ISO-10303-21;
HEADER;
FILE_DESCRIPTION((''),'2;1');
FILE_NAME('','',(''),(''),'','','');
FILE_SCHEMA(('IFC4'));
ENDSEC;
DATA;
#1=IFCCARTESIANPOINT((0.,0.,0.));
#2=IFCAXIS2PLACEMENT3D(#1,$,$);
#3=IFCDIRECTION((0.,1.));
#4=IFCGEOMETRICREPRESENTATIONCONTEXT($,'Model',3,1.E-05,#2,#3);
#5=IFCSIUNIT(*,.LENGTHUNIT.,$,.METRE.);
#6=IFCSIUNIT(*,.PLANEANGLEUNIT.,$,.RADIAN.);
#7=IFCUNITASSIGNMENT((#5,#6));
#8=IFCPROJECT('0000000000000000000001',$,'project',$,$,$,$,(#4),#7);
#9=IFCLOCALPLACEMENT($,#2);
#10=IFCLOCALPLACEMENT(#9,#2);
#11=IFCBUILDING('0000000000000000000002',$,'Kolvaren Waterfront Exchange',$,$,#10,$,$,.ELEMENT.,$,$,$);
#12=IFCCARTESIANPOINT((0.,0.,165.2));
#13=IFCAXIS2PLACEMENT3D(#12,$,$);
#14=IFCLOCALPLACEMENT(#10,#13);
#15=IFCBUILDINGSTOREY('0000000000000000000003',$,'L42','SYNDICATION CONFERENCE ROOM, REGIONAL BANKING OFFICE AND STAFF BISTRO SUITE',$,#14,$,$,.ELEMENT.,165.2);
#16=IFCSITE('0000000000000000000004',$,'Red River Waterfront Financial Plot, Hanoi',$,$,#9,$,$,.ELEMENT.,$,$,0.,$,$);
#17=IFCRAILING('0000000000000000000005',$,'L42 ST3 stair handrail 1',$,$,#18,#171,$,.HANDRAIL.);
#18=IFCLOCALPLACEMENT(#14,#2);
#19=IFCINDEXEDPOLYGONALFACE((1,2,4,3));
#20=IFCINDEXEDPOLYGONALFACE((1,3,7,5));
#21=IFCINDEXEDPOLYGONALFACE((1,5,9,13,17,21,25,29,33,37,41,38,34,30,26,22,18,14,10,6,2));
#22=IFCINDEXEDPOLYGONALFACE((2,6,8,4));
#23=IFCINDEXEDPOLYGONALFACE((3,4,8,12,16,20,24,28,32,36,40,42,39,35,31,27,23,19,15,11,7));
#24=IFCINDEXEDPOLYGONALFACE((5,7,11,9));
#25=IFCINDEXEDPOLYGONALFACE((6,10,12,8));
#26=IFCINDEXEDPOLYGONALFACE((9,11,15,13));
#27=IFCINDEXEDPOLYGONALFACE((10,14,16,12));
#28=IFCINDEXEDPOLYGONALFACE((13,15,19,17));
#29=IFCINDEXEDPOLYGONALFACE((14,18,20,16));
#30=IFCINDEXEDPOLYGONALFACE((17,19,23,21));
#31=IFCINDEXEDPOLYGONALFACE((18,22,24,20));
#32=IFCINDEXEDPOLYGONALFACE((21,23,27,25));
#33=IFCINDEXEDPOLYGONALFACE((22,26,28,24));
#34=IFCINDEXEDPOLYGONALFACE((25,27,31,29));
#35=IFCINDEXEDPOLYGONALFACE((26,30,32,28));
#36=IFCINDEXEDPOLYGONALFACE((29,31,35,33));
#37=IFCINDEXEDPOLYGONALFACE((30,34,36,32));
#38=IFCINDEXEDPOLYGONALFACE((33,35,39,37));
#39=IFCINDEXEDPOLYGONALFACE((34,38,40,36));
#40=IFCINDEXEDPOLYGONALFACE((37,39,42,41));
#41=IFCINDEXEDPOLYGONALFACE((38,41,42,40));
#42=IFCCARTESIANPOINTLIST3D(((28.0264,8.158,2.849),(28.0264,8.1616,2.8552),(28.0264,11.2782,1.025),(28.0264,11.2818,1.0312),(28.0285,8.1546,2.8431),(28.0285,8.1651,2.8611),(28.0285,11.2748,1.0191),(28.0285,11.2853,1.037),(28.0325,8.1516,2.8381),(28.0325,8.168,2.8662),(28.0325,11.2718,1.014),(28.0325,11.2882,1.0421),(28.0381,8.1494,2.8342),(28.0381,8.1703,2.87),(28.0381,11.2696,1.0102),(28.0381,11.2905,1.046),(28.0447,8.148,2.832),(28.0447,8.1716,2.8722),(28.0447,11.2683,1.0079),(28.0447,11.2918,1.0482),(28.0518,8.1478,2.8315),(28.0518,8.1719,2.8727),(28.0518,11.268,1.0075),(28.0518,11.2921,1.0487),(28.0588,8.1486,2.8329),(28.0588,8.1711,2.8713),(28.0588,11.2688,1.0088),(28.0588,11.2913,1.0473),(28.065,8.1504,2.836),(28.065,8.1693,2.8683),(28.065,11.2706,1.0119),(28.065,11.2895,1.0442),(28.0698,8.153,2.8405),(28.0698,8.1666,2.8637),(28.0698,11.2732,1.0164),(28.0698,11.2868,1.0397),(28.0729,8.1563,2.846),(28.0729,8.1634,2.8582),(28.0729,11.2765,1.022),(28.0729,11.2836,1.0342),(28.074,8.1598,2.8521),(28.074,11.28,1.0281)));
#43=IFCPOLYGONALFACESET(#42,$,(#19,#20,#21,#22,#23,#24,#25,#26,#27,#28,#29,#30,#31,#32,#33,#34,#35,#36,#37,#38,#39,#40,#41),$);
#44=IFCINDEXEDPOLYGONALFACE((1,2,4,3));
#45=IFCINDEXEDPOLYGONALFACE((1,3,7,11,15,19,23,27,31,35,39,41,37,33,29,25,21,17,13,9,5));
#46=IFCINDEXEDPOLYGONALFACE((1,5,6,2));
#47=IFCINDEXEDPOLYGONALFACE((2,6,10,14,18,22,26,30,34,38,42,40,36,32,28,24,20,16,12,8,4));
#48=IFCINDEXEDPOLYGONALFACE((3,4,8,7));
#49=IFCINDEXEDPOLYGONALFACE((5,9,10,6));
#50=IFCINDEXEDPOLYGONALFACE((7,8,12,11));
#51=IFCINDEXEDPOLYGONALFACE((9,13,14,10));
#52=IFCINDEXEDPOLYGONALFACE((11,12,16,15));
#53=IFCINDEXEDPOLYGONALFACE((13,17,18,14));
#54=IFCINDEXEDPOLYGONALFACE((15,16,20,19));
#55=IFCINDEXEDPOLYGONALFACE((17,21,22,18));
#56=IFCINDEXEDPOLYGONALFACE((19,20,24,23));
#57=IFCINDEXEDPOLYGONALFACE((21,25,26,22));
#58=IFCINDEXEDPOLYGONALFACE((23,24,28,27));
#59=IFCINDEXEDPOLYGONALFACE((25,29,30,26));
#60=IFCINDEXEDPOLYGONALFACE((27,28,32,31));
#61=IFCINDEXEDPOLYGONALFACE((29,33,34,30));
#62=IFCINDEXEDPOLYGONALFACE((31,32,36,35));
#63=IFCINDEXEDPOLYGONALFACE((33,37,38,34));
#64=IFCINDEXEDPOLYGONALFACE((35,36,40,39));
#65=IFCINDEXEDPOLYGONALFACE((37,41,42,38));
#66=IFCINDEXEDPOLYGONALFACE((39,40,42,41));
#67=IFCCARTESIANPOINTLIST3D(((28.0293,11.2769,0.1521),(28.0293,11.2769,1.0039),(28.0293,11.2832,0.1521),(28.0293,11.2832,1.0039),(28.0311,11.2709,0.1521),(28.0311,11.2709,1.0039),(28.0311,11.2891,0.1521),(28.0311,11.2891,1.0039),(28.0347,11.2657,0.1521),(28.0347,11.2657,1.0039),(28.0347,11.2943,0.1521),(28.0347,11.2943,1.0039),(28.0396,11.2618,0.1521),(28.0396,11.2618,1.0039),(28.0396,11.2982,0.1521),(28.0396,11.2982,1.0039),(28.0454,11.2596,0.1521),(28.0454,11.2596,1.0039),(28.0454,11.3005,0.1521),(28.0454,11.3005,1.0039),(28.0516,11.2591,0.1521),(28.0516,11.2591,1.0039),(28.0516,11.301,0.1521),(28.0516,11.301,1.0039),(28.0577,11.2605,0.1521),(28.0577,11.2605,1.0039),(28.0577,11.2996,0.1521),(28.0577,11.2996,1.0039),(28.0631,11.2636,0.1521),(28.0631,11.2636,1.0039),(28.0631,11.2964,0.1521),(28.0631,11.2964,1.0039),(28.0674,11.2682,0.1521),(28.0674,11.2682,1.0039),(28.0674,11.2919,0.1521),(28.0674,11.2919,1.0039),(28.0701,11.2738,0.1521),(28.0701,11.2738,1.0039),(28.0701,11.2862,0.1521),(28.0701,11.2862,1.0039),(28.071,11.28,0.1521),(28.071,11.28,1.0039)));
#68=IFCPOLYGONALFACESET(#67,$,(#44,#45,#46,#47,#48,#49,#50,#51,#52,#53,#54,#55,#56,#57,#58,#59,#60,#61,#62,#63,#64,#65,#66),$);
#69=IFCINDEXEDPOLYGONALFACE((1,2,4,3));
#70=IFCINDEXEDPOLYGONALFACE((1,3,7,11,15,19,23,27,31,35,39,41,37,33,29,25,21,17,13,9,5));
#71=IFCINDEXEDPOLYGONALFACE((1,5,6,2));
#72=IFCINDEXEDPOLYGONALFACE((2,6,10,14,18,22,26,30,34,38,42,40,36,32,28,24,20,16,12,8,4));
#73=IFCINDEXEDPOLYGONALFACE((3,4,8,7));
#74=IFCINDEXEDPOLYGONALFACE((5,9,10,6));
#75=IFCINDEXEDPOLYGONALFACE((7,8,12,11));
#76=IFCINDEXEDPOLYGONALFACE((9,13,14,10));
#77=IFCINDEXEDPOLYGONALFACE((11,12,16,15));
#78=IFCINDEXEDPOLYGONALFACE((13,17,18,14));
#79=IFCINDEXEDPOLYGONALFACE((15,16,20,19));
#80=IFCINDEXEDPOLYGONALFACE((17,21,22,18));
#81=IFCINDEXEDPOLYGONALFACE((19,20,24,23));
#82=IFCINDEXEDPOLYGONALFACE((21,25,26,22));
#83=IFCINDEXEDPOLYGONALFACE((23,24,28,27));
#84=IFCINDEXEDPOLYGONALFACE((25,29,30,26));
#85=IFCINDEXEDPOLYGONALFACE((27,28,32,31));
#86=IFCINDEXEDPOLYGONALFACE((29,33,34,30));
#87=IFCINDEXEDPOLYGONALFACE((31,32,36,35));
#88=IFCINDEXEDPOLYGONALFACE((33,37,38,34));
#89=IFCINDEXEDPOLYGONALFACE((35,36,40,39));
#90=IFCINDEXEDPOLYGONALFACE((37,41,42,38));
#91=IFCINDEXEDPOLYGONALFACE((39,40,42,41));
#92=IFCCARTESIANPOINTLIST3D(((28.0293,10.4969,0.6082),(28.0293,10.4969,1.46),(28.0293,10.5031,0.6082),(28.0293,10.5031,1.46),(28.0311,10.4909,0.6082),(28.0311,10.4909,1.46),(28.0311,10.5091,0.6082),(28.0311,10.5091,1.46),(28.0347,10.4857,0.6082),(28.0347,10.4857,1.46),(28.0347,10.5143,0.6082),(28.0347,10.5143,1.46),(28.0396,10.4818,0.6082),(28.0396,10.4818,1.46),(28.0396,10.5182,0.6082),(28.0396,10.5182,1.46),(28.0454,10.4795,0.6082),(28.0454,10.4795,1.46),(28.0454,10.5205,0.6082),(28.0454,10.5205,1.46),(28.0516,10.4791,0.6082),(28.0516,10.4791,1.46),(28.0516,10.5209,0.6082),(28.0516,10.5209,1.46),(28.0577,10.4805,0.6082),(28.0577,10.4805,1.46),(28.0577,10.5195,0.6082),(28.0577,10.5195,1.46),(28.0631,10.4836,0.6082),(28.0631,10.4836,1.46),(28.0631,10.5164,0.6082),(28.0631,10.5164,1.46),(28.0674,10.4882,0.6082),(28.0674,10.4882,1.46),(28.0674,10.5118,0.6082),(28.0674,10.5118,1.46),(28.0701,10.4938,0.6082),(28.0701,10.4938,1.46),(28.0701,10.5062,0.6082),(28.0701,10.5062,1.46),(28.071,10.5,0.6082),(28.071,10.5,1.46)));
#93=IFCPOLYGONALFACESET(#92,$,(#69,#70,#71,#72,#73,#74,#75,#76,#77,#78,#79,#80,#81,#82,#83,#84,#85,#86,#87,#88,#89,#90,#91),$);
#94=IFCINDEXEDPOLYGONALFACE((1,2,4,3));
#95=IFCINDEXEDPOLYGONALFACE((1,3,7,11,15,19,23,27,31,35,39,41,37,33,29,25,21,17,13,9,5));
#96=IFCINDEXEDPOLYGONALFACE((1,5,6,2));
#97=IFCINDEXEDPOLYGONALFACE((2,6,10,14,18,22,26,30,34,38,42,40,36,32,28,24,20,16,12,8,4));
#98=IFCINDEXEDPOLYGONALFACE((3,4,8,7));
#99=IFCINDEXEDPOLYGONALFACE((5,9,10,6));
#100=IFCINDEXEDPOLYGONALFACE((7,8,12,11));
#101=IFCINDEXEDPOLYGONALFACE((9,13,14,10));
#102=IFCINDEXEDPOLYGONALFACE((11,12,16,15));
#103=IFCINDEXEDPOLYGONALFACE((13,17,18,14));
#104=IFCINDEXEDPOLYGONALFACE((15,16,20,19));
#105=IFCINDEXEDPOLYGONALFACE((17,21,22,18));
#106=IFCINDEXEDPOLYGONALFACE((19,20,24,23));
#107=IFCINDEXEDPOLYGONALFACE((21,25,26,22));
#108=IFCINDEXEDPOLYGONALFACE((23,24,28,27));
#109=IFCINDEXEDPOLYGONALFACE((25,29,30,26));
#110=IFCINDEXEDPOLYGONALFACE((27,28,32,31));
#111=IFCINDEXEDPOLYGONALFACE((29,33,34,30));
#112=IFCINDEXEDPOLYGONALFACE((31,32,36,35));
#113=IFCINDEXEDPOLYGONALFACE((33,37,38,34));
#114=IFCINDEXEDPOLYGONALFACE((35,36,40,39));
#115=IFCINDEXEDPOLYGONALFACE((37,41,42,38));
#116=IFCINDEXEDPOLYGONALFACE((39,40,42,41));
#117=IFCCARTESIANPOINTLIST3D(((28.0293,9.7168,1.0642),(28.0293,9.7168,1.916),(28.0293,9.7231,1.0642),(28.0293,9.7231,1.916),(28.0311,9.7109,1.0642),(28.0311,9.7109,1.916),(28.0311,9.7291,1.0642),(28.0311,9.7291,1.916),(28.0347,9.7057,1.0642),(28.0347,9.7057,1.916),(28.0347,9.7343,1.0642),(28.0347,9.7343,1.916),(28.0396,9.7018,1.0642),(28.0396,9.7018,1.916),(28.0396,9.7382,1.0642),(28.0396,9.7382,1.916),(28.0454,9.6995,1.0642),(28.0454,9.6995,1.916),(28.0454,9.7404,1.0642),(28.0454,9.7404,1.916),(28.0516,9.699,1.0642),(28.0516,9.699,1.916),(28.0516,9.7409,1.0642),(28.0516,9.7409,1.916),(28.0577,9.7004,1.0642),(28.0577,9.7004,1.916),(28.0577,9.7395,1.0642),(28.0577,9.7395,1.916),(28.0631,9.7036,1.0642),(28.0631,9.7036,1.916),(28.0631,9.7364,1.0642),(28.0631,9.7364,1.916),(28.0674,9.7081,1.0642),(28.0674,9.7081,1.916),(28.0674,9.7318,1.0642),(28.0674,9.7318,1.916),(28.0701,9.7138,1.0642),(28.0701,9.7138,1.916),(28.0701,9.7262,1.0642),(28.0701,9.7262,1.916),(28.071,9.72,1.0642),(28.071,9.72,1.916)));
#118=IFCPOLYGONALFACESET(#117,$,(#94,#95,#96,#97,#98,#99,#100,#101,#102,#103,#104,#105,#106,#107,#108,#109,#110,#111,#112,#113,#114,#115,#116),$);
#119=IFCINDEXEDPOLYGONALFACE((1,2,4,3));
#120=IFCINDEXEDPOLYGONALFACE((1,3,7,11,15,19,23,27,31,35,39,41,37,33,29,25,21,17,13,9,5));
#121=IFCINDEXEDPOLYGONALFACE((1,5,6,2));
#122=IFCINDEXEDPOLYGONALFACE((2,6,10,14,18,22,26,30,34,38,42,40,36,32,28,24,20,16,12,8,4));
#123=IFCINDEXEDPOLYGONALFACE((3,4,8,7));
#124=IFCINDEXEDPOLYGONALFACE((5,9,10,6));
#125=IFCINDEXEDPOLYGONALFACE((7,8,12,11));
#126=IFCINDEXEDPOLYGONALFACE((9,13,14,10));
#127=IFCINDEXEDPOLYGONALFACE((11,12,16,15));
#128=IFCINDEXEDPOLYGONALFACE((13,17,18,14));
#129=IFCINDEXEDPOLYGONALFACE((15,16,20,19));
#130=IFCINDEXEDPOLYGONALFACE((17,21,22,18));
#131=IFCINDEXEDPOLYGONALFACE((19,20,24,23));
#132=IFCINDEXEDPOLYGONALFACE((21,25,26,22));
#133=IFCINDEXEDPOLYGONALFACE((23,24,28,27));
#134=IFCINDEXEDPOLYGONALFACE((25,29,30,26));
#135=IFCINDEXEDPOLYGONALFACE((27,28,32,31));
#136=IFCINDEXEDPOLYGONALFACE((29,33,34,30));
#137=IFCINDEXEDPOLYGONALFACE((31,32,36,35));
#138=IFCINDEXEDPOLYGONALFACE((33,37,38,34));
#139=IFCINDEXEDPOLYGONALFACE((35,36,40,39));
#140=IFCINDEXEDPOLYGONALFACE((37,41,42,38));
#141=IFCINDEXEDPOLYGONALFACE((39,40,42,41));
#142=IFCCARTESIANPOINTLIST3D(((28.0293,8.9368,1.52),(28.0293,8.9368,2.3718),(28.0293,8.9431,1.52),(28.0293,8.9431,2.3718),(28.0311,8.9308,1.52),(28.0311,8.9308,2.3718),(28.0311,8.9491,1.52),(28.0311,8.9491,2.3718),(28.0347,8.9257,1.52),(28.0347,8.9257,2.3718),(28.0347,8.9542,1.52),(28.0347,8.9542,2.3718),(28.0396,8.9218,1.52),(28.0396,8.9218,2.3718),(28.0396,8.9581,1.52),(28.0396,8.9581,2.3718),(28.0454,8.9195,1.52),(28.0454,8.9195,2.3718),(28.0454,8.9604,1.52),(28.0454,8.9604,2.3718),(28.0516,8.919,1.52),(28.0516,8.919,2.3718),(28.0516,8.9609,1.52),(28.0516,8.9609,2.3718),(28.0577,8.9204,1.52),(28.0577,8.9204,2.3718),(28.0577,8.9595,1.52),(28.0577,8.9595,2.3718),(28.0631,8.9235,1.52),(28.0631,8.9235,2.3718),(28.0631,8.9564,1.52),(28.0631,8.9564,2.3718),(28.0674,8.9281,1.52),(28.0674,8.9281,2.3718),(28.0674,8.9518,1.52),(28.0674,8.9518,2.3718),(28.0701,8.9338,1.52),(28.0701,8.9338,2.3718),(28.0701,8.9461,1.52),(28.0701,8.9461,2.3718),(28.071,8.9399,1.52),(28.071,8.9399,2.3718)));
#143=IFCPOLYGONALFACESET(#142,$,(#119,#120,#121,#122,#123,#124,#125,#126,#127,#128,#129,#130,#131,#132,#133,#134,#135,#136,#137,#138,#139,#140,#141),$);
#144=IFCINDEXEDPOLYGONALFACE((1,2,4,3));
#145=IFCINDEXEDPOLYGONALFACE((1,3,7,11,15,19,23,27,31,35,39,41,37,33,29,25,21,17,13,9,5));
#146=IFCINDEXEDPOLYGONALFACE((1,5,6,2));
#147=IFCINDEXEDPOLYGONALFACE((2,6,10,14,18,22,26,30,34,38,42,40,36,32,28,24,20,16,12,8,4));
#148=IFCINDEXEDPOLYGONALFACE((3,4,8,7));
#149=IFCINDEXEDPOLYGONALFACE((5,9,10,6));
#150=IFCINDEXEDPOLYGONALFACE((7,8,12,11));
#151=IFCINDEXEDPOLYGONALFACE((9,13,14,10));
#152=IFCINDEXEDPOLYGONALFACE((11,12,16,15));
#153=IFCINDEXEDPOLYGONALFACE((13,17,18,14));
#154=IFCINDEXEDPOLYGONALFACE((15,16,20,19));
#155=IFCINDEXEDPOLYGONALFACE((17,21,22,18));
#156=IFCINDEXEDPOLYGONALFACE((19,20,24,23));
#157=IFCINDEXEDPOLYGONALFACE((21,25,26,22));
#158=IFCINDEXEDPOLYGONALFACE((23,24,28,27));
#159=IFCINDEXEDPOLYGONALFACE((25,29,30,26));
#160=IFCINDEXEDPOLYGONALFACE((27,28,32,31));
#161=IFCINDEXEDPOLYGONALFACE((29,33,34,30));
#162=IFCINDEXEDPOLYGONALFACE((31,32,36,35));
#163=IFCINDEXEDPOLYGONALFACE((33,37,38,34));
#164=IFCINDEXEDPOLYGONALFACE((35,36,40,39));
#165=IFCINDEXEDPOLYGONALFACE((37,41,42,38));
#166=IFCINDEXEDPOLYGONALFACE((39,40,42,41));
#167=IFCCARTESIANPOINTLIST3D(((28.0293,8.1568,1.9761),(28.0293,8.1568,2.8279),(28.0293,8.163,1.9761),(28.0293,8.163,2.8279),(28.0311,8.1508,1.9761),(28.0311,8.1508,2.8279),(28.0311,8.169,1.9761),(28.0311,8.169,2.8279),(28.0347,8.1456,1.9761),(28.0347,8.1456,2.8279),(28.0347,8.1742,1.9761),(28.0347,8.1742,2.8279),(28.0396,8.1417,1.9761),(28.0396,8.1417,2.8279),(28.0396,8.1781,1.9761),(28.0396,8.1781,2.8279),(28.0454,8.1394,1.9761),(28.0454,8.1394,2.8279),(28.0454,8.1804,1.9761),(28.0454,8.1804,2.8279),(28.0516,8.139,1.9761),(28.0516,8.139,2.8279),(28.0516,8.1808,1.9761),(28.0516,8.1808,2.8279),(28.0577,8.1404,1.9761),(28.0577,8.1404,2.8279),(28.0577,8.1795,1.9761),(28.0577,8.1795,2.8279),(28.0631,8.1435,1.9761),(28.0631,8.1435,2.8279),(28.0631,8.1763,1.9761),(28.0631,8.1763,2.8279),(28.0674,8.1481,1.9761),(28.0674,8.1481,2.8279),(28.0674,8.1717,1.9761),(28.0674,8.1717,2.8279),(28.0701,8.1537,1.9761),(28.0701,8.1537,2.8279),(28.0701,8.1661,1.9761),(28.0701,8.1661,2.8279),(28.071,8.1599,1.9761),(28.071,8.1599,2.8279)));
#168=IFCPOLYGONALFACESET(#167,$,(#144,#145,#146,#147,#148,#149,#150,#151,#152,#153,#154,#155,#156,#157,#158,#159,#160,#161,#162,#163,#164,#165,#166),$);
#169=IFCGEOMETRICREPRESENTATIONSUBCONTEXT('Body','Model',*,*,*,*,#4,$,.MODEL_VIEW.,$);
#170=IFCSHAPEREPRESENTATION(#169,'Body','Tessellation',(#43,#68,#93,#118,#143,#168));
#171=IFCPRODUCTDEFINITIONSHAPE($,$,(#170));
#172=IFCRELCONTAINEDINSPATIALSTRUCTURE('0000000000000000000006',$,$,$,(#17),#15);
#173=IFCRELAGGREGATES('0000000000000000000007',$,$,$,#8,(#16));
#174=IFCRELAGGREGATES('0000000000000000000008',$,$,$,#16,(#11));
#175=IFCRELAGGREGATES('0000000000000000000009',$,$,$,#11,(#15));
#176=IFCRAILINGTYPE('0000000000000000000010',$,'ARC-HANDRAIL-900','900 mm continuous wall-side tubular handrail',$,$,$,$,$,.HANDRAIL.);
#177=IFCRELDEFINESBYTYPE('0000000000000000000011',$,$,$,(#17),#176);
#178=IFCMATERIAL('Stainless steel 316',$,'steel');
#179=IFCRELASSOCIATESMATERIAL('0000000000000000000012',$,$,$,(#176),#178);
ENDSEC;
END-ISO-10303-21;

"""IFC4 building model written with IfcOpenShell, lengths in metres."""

from ifc_helpers import new_model, si_unit, direction, frame, origin, origin_2d, place, context, subcontext, project, spatial, circle, extrude, material, type_object, element, save


model = new_model("IFC4")

# Units and contexts
model_context = context("Model", 3, precision=1e-05, world=origin(), true_north=direction((0.0, 1.0)))
body_context = subcontext(model_context, "Body", "Model", "MODEL_VIEW")
ifc_project = project(units=[si_unit("LENGTHUNIT", "METRE"), si_unit("PLANEANGLEUNIT", "RADIAN")], contexts=[model_context])

# Site, building, storey
site_placement = place(None, origin())
site = spatial("IfcSite", under=ifc_project, at=site_placement, Name="Red River Waterfront Financial Plot, Hanoi", CompositionType="ELEMENT", RefElevation=0.0)
building_placement = place(site_placement, origin())
building = spatial("IfcBuilding", under=site, at=building_placement, Name="Kolvaren Waterfront Exchange", CompositionType="ELEMENT")
storey_placement = place(building_placement, frame((0.0, 0.0, 165.2)))
storey = spatial("IfcBuildingStorey", under=building, at=storey_placement, Name="L42", Description="SYNDICATION CONFERENCE ROOM, REGIONAL BANKING OFFICE AND STAFF BISTRO SUITE", CompositionType="ELEMENT", Elevation=165.2)

# Railing
ifc_material_1 = material(Name="Stainless steel 316", Category="steel")
railing_type_1 = type_object("IfcRailingType", Name="ARC-HANDRAIL-900", Description="900 mm continuous wall-side tubular handrail", PredefinedType="HANDRAIL", material=ifc_material_1)
railing_1_placement = place(storey_placement, frame((28.05, 11.28, 0.1521)))
element("IfcRailing", 1, at=railing_1_placement, inside=storey, type_object=railing_type_1, Name="L42 ST3 stair handrail 1", PredefinedType="HANDRAIL", context=body_context, shape_type="SweptSolid", body=[
    extrude(circle(Radius=0.0239, at=origin_2d()), frame((0.0, 0.0, 0.876), z_axis=(0.0, -0.863308, 0.504677), x_axis=(1.0, 0.0, 0.0)), (0.0, 0.0, 1.0), 3.6143),
    extrude(circle(Radius=0.021, at=origin_2d()), origin(), (0.0, 0.0, 1.0), 0.8518),
    extrude(circle(Radius=0.021, at=origin_2d()), frame((0.0, -0.78, 0.4561)), (0.0, 0.0, 1.0), 0.8518),
    extrude(circle(Radius=0.021, at=origin_2d()), frame((0.0, -1.5601, 0.9121)), (0.0, 0.0, 1.0), 0.8518),
    extrude(circle(Radius=0.021, at=origin_2d()), frame((0.0, -2.3401, 1.3679)), (0.0, 0.0, 1.0), 0.8518),
    extrude(circle(Radius=0.021, at=origin_2d()), frame((0.0, -3.1201, 1.824)), (0.0, 0.0, 1.0), 0.8518),
])

save(model, "model.ifc")
